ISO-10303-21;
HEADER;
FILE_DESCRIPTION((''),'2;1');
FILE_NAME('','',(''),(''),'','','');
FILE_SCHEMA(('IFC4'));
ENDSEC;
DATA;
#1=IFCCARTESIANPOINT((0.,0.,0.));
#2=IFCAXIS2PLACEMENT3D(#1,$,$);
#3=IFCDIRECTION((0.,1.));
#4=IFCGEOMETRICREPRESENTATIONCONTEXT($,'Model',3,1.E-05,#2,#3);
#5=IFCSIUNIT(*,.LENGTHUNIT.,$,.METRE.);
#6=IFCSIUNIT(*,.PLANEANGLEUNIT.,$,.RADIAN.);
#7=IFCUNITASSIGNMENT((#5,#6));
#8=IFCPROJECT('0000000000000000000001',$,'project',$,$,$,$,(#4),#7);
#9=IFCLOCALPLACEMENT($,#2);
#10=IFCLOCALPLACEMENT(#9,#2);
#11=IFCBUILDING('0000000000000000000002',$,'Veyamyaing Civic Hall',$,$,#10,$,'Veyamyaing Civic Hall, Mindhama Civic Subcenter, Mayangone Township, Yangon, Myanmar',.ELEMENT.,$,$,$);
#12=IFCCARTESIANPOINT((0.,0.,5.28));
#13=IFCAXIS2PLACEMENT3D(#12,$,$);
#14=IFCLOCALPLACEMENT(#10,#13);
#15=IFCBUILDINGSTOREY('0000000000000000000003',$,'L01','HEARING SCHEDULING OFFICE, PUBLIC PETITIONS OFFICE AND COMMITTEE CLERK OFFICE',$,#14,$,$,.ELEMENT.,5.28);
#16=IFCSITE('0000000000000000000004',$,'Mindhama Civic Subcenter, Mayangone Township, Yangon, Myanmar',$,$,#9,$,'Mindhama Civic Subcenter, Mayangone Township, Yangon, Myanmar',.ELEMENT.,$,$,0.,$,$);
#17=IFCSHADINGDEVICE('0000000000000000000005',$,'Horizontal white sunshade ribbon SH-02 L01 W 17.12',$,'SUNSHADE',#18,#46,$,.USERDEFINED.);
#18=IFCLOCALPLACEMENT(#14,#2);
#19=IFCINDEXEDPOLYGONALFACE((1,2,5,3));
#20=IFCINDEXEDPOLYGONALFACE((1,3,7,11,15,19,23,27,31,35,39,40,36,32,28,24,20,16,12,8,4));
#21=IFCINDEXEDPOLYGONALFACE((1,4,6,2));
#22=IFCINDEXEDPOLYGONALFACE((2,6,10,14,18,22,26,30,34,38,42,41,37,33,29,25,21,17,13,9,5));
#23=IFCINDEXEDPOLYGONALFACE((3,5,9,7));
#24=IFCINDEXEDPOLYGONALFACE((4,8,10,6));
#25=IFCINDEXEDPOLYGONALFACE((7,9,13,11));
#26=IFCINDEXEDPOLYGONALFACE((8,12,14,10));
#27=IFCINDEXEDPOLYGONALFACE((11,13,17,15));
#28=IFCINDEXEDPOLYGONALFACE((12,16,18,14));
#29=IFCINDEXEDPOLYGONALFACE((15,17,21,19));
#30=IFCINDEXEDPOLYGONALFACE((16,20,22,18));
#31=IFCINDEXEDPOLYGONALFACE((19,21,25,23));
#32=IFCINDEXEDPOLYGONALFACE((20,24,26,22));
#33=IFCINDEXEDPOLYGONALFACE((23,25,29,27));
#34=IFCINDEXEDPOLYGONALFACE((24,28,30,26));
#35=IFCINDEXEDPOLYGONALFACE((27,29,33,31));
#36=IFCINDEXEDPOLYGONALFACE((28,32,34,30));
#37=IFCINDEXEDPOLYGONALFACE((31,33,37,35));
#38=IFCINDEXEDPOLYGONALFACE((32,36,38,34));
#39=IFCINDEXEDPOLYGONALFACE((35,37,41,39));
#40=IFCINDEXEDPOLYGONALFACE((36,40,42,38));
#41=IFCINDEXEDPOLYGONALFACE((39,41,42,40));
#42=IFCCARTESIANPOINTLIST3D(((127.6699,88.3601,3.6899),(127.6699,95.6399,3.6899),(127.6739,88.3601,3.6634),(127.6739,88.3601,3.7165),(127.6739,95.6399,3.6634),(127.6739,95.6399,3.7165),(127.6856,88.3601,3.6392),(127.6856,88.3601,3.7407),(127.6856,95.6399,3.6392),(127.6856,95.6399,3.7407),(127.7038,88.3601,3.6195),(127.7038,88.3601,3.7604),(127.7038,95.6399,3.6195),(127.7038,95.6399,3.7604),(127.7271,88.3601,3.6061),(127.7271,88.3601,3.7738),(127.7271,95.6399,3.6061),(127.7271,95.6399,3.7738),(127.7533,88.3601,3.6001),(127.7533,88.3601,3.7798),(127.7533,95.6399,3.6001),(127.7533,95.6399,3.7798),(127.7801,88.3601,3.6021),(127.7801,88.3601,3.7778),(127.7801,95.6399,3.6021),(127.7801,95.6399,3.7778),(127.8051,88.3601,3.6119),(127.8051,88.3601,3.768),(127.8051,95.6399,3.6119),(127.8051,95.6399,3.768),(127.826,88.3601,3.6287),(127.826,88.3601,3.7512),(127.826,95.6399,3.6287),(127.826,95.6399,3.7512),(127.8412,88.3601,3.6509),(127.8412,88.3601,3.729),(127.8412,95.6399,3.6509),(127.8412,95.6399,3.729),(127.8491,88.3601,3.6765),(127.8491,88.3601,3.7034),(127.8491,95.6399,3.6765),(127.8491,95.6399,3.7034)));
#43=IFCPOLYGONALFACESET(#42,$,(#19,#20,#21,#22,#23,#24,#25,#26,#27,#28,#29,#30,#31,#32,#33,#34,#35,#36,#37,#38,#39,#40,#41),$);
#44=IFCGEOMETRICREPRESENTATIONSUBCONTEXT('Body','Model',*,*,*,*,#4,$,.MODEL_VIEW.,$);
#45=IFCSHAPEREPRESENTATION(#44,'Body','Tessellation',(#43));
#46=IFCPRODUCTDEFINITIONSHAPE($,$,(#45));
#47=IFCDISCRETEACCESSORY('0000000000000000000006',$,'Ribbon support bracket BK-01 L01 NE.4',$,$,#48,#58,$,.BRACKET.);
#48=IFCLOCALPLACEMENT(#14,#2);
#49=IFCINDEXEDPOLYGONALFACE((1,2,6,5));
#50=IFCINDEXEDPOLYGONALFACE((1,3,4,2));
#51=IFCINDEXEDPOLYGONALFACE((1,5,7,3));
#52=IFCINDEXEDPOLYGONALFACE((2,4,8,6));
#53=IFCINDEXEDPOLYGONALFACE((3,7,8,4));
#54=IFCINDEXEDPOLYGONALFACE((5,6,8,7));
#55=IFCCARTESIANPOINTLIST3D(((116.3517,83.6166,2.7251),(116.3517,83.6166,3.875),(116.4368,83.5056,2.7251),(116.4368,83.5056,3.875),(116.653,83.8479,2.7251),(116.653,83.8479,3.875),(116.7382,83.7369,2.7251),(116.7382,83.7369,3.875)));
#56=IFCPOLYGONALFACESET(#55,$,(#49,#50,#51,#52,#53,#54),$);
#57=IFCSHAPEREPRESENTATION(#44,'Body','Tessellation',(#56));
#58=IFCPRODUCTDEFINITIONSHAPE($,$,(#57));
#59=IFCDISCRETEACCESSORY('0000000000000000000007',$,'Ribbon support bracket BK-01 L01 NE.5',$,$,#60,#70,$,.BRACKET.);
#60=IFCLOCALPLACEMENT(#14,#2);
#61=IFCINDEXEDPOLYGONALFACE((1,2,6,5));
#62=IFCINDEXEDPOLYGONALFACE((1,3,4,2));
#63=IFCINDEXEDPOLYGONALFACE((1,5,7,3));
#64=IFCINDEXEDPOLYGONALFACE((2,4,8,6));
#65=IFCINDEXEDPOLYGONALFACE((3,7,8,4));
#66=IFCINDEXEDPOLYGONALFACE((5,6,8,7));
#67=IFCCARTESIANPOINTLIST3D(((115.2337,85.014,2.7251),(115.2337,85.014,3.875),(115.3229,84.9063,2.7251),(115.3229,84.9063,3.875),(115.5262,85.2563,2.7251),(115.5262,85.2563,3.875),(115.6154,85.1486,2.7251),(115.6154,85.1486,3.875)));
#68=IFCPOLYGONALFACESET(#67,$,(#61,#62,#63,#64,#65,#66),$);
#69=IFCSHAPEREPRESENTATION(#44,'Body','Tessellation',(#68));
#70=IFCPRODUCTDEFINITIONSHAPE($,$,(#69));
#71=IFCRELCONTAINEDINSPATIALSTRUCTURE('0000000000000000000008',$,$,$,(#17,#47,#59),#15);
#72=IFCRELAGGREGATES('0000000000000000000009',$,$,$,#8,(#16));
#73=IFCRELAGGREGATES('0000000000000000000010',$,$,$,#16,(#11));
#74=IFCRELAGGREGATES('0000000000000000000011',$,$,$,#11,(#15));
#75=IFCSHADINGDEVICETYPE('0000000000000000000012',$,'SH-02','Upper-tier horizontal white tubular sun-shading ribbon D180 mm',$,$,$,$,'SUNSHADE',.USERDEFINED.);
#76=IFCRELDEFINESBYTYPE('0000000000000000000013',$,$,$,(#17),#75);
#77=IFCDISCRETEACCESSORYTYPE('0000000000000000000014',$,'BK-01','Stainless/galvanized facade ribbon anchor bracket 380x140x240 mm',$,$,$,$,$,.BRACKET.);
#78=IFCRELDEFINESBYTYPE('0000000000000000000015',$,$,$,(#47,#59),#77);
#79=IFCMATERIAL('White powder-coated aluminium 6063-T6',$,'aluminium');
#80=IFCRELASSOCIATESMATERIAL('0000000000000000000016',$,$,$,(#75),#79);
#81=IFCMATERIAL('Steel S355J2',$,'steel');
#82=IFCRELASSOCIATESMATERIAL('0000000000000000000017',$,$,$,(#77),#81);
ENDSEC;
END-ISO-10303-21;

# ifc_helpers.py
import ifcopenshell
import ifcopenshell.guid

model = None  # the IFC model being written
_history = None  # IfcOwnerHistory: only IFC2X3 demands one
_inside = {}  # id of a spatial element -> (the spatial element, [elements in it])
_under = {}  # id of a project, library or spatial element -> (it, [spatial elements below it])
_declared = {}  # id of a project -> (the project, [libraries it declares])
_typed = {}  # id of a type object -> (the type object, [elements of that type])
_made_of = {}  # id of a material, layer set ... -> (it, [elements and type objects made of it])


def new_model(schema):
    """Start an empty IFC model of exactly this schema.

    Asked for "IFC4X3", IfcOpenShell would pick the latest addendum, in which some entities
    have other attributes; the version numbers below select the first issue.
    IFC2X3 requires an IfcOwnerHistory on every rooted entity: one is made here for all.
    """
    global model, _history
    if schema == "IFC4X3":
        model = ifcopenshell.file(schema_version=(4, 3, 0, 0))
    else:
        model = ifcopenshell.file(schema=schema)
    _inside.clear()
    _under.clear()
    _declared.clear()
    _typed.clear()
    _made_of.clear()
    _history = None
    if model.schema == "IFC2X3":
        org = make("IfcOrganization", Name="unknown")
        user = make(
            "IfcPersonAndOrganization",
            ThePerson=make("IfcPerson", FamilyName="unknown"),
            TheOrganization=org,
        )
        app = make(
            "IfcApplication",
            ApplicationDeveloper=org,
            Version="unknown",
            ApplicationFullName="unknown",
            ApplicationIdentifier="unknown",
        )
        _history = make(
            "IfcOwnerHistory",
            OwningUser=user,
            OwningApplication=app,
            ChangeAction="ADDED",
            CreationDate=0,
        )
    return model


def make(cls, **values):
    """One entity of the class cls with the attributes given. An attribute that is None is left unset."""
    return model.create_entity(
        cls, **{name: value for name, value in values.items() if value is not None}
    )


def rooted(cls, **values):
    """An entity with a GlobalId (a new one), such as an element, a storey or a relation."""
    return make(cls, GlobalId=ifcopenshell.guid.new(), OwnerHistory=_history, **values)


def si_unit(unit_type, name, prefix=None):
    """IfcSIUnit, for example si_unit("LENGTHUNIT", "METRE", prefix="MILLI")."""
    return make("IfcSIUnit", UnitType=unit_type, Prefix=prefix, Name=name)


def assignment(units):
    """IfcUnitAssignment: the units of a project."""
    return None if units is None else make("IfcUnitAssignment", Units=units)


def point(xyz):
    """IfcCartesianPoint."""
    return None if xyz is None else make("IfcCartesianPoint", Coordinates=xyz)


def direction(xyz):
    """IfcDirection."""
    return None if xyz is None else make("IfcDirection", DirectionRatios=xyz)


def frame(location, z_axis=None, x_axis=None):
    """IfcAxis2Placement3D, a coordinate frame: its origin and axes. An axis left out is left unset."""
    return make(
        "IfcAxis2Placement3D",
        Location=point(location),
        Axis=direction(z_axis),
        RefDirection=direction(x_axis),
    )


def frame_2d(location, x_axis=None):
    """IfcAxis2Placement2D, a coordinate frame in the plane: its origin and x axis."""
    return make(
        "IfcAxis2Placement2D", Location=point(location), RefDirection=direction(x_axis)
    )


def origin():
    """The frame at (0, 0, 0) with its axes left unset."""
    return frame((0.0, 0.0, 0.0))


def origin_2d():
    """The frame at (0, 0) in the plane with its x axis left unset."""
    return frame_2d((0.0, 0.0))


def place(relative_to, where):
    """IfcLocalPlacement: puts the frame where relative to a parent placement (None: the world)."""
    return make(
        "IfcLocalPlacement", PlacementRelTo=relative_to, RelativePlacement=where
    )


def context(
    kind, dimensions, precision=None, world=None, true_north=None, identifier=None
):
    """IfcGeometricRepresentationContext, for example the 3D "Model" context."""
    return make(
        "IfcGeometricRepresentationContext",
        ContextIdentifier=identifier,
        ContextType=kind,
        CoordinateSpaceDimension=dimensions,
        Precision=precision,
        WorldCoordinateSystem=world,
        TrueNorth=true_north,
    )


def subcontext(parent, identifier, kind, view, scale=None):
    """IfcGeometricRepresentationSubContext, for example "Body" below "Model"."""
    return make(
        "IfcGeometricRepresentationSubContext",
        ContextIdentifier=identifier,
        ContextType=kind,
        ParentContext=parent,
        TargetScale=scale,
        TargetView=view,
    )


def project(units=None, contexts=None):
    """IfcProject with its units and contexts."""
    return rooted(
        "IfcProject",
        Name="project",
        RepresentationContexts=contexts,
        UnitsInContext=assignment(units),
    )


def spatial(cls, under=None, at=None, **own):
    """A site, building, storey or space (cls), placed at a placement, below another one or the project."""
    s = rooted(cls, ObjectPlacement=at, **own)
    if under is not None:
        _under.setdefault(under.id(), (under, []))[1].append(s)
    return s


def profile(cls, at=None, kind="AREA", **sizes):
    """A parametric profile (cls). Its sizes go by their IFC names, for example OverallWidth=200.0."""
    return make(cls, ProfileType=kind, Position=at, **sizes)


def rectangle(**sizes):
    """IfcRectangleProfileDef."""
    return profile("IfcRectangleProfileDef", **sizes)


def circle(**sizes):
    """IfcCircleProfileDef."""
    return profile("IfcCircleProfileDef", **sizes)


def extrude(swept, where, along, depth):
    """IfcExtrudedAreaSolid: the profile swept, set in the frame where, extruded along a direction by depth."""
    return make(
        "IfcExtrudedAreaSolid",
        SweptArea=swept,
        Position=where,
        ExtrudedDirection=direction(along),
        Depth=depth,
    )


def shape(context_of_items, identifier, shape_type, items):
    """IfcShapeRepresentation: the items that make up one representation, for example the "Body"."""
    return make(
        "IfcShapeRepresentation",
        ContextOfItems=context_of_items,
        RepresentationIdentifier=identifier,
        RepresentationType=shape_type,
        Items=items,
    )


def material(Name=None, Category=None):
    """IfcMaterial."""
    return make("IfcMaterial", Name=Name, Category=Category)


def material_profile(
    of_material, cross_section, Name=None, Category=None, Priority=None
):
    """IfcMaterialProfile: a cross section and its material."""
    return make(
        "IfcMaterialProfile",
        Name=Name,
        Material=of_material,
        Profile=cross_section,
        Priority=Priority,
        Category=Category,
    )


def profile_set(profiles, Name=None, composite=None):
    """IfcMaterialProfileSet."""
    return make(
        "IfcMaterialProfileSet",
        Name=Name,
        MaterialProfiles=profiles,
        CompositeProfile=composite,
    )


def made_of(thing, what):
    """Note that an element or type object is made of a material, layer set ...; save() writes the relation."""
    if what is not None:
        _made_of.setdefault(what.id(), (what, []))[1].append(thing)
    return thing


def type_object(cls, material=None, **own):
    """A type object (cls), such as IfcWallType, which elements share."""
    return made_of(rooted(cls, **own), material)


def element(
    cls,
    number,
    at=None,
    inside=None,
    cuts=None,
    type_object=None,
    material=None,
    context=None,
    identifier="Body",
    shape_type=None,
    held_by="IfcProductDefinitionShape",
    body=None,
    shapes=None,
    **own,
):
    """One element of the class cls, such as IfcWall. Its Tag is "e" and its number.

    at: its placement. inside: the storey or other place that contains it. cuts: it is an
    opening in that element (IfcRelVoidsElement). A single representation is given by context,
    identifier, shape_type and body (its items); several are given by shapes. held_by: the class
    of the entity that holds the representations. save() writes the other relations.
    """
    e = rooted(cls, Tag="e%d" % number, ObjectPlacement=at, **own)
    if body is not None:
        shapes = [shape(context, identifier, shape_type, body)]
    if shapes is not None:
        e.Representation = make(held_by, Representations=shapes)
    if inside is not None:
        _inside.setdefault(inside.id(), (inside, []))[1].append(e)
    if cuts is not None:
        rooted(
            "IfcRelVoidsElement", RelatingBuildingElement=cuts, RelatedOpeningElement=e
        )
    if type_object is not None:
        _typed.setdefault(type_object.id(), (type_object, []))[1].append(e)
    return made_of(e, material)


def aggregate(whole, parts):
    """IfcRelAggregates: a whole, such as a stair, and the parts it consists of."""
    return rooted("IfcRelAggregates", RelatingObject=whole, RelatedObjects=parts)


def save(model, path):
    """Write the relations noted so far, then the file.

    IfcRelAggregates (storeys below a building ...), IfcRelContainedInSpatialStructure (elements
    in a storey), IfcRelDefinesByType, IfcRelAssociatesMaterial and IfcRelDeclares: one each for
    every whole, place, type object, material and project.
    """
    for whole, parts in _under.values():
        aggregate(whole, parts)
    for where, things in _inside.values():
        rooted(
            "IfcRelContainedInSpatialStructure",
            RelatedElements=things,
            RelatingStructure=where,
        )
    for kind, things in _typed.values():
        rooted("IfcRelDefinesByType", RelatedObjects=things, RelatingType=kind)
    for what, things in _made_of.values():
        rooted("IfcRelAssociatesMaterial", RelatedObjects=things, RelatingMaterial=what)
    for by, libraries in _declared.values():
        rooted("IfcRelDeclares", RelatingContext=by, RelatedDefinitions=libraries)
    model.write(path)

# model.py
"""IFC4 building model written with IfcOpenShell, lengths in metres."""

from ifc_helpers import new_model, si_unit, direction, frame, origin, origin_2d, place, context, subcontext, project, spatial, rectangle, circle, extrude, material, material_profile, profile_set, type_object, element, save


model = new_model("IFC4")

# Units and contexts
model_context = context("Model", 3, precision=1e-05, world=origin(), true_north=direction((0.0, 1.0)))
body_context = subcontext(model_context, "Body", "Model", "MODEL_VIEW")
ifc_project = project(units=[si_unit("LENGTHUNIT", "METRE"), si_unit("PLANEANGLEUNIT", "RADIAN")], contexts=[model_context])

# Site, building, storey
site_placement = place(None, origin())
site = spatial("IfcSite", under=ifc_project, at=site_placement, Name="Mindhama Civic Subcenter, Mayangone Township, Yangon, Myanmar", LongName="Mindhama Civic Subcenter, Mayangone Township, Yangon, Myanmar", CompositionType="ELEMENT", RefElevation=0.0)
building_placement = place(site_placement, origin())
building = spatial("IfcBuilding", under=site, at=building_placement, Name="Veyamyaing Civic Hall", LongName="Veyamyaing Civic Hall, Mindhama Civic Subcenter, Mayangone Township, Yangon, Myanmar", CompositionType="ELEMENT")
storey_placement = place(building_placement, frame((0.0, 0.0, 5.28)))
storey = spatial("IfcBuildingStorey", under=building, at=storey_placement, Name="L01", Description="HEARING SCHEDULING OFFICE, PUBLIC PETITIONS OFFICE AND COMMITTEE CLERK OFFICE", CompositionType="ELEMENT", Elevation=5.28)

# Shared definitions
ifc_material_1 = material(Name="White powder-coated aluminium 6063-T6", Category="aluminium")

# Shading device
ifc_material_profile_1 = material_profile(ifc_material_1, circle(Radius=0.0901, at=origin_2d()), Name="SHADE-TUBE-180")
ifc_profile_set_1 = profile_set([ifc_material_profile_1], Name="White powder-coated aluminium 6063-T6")
shading_device_type_1 = type_object("IfcShadingDeviceType", Name="SH-02", Description="Upper-tier horizontal white tubular sun-shading ribbon D180 mm", ElementType="SUNSHADE", PredefinedType="USERDEFINED", material=ifc_profile_set_1)
shading_device_placement = place(storey_placement, frame((127.76, 88.3601, 3.6899), z_axis=(0.0, 1.0, 0.0), x_axis=(-1.0, 0.0, 0.0)))
element("IfcShadingDevice", 1, at=shading_device_placement, inside=storey, type_object=shading_device_type_1, Name="Horizontal white sunshade ribbon SH-02 L01 W 17.12", ObjectType="SUNSHADE", PredefinedType="USERDEFINED", context=body_context, shape_type="SweptSolid", body=[
    extrude(circle(Radius=0.0901, at=origin_2d()), origin(), (0.0, 0.0, 1.0), 7.2798),
])

# Discrete accessories
ifc_material_2 = material(Name="Steel S355J2", Category="steel")
discrete_accessory_type = type_object("IfcDiscreteAccessoryType", Name="BK-01", Description="Stainless/galvanized facade ribbon anchor bracket 380x140x240 mm", PredefinedType="BRACKET", material=ifc_material_2)
for number, where, z_axis, x_axis, name in (
    (2, (116.5449, 83.6768, 2.7251), (0.0, 0.0, 1.0), (0.793353, 0.608761, 0.0), "Ribbon support bracket BK-01 L01 NE.4"),
    (3, (115.4246, 85.0813, 2.7251), (0.0, 0.0, 1.0), (0.770036, 0.638, 0.0), "Ribbon support bracket BK-01 L01 NE.5"),
):
    element("IfcDiscreteAccessory", number, at=place(storey_placement, frame(where, z_axis=z_axis, x_axis=x_axis)), inside=storey, type_object=discrete_accessory_type, Name=name, PredefinedType="BRACKET", context=body_context, shape_type="SweptSolid", body=[
        extrude(rectangle(XDim=0.3799, YDim=0.1399, at=origin_2d()), origin(), (0.0, 0.0, 1.0), 1.1499),
    ])

save(model, "model.ifc")
